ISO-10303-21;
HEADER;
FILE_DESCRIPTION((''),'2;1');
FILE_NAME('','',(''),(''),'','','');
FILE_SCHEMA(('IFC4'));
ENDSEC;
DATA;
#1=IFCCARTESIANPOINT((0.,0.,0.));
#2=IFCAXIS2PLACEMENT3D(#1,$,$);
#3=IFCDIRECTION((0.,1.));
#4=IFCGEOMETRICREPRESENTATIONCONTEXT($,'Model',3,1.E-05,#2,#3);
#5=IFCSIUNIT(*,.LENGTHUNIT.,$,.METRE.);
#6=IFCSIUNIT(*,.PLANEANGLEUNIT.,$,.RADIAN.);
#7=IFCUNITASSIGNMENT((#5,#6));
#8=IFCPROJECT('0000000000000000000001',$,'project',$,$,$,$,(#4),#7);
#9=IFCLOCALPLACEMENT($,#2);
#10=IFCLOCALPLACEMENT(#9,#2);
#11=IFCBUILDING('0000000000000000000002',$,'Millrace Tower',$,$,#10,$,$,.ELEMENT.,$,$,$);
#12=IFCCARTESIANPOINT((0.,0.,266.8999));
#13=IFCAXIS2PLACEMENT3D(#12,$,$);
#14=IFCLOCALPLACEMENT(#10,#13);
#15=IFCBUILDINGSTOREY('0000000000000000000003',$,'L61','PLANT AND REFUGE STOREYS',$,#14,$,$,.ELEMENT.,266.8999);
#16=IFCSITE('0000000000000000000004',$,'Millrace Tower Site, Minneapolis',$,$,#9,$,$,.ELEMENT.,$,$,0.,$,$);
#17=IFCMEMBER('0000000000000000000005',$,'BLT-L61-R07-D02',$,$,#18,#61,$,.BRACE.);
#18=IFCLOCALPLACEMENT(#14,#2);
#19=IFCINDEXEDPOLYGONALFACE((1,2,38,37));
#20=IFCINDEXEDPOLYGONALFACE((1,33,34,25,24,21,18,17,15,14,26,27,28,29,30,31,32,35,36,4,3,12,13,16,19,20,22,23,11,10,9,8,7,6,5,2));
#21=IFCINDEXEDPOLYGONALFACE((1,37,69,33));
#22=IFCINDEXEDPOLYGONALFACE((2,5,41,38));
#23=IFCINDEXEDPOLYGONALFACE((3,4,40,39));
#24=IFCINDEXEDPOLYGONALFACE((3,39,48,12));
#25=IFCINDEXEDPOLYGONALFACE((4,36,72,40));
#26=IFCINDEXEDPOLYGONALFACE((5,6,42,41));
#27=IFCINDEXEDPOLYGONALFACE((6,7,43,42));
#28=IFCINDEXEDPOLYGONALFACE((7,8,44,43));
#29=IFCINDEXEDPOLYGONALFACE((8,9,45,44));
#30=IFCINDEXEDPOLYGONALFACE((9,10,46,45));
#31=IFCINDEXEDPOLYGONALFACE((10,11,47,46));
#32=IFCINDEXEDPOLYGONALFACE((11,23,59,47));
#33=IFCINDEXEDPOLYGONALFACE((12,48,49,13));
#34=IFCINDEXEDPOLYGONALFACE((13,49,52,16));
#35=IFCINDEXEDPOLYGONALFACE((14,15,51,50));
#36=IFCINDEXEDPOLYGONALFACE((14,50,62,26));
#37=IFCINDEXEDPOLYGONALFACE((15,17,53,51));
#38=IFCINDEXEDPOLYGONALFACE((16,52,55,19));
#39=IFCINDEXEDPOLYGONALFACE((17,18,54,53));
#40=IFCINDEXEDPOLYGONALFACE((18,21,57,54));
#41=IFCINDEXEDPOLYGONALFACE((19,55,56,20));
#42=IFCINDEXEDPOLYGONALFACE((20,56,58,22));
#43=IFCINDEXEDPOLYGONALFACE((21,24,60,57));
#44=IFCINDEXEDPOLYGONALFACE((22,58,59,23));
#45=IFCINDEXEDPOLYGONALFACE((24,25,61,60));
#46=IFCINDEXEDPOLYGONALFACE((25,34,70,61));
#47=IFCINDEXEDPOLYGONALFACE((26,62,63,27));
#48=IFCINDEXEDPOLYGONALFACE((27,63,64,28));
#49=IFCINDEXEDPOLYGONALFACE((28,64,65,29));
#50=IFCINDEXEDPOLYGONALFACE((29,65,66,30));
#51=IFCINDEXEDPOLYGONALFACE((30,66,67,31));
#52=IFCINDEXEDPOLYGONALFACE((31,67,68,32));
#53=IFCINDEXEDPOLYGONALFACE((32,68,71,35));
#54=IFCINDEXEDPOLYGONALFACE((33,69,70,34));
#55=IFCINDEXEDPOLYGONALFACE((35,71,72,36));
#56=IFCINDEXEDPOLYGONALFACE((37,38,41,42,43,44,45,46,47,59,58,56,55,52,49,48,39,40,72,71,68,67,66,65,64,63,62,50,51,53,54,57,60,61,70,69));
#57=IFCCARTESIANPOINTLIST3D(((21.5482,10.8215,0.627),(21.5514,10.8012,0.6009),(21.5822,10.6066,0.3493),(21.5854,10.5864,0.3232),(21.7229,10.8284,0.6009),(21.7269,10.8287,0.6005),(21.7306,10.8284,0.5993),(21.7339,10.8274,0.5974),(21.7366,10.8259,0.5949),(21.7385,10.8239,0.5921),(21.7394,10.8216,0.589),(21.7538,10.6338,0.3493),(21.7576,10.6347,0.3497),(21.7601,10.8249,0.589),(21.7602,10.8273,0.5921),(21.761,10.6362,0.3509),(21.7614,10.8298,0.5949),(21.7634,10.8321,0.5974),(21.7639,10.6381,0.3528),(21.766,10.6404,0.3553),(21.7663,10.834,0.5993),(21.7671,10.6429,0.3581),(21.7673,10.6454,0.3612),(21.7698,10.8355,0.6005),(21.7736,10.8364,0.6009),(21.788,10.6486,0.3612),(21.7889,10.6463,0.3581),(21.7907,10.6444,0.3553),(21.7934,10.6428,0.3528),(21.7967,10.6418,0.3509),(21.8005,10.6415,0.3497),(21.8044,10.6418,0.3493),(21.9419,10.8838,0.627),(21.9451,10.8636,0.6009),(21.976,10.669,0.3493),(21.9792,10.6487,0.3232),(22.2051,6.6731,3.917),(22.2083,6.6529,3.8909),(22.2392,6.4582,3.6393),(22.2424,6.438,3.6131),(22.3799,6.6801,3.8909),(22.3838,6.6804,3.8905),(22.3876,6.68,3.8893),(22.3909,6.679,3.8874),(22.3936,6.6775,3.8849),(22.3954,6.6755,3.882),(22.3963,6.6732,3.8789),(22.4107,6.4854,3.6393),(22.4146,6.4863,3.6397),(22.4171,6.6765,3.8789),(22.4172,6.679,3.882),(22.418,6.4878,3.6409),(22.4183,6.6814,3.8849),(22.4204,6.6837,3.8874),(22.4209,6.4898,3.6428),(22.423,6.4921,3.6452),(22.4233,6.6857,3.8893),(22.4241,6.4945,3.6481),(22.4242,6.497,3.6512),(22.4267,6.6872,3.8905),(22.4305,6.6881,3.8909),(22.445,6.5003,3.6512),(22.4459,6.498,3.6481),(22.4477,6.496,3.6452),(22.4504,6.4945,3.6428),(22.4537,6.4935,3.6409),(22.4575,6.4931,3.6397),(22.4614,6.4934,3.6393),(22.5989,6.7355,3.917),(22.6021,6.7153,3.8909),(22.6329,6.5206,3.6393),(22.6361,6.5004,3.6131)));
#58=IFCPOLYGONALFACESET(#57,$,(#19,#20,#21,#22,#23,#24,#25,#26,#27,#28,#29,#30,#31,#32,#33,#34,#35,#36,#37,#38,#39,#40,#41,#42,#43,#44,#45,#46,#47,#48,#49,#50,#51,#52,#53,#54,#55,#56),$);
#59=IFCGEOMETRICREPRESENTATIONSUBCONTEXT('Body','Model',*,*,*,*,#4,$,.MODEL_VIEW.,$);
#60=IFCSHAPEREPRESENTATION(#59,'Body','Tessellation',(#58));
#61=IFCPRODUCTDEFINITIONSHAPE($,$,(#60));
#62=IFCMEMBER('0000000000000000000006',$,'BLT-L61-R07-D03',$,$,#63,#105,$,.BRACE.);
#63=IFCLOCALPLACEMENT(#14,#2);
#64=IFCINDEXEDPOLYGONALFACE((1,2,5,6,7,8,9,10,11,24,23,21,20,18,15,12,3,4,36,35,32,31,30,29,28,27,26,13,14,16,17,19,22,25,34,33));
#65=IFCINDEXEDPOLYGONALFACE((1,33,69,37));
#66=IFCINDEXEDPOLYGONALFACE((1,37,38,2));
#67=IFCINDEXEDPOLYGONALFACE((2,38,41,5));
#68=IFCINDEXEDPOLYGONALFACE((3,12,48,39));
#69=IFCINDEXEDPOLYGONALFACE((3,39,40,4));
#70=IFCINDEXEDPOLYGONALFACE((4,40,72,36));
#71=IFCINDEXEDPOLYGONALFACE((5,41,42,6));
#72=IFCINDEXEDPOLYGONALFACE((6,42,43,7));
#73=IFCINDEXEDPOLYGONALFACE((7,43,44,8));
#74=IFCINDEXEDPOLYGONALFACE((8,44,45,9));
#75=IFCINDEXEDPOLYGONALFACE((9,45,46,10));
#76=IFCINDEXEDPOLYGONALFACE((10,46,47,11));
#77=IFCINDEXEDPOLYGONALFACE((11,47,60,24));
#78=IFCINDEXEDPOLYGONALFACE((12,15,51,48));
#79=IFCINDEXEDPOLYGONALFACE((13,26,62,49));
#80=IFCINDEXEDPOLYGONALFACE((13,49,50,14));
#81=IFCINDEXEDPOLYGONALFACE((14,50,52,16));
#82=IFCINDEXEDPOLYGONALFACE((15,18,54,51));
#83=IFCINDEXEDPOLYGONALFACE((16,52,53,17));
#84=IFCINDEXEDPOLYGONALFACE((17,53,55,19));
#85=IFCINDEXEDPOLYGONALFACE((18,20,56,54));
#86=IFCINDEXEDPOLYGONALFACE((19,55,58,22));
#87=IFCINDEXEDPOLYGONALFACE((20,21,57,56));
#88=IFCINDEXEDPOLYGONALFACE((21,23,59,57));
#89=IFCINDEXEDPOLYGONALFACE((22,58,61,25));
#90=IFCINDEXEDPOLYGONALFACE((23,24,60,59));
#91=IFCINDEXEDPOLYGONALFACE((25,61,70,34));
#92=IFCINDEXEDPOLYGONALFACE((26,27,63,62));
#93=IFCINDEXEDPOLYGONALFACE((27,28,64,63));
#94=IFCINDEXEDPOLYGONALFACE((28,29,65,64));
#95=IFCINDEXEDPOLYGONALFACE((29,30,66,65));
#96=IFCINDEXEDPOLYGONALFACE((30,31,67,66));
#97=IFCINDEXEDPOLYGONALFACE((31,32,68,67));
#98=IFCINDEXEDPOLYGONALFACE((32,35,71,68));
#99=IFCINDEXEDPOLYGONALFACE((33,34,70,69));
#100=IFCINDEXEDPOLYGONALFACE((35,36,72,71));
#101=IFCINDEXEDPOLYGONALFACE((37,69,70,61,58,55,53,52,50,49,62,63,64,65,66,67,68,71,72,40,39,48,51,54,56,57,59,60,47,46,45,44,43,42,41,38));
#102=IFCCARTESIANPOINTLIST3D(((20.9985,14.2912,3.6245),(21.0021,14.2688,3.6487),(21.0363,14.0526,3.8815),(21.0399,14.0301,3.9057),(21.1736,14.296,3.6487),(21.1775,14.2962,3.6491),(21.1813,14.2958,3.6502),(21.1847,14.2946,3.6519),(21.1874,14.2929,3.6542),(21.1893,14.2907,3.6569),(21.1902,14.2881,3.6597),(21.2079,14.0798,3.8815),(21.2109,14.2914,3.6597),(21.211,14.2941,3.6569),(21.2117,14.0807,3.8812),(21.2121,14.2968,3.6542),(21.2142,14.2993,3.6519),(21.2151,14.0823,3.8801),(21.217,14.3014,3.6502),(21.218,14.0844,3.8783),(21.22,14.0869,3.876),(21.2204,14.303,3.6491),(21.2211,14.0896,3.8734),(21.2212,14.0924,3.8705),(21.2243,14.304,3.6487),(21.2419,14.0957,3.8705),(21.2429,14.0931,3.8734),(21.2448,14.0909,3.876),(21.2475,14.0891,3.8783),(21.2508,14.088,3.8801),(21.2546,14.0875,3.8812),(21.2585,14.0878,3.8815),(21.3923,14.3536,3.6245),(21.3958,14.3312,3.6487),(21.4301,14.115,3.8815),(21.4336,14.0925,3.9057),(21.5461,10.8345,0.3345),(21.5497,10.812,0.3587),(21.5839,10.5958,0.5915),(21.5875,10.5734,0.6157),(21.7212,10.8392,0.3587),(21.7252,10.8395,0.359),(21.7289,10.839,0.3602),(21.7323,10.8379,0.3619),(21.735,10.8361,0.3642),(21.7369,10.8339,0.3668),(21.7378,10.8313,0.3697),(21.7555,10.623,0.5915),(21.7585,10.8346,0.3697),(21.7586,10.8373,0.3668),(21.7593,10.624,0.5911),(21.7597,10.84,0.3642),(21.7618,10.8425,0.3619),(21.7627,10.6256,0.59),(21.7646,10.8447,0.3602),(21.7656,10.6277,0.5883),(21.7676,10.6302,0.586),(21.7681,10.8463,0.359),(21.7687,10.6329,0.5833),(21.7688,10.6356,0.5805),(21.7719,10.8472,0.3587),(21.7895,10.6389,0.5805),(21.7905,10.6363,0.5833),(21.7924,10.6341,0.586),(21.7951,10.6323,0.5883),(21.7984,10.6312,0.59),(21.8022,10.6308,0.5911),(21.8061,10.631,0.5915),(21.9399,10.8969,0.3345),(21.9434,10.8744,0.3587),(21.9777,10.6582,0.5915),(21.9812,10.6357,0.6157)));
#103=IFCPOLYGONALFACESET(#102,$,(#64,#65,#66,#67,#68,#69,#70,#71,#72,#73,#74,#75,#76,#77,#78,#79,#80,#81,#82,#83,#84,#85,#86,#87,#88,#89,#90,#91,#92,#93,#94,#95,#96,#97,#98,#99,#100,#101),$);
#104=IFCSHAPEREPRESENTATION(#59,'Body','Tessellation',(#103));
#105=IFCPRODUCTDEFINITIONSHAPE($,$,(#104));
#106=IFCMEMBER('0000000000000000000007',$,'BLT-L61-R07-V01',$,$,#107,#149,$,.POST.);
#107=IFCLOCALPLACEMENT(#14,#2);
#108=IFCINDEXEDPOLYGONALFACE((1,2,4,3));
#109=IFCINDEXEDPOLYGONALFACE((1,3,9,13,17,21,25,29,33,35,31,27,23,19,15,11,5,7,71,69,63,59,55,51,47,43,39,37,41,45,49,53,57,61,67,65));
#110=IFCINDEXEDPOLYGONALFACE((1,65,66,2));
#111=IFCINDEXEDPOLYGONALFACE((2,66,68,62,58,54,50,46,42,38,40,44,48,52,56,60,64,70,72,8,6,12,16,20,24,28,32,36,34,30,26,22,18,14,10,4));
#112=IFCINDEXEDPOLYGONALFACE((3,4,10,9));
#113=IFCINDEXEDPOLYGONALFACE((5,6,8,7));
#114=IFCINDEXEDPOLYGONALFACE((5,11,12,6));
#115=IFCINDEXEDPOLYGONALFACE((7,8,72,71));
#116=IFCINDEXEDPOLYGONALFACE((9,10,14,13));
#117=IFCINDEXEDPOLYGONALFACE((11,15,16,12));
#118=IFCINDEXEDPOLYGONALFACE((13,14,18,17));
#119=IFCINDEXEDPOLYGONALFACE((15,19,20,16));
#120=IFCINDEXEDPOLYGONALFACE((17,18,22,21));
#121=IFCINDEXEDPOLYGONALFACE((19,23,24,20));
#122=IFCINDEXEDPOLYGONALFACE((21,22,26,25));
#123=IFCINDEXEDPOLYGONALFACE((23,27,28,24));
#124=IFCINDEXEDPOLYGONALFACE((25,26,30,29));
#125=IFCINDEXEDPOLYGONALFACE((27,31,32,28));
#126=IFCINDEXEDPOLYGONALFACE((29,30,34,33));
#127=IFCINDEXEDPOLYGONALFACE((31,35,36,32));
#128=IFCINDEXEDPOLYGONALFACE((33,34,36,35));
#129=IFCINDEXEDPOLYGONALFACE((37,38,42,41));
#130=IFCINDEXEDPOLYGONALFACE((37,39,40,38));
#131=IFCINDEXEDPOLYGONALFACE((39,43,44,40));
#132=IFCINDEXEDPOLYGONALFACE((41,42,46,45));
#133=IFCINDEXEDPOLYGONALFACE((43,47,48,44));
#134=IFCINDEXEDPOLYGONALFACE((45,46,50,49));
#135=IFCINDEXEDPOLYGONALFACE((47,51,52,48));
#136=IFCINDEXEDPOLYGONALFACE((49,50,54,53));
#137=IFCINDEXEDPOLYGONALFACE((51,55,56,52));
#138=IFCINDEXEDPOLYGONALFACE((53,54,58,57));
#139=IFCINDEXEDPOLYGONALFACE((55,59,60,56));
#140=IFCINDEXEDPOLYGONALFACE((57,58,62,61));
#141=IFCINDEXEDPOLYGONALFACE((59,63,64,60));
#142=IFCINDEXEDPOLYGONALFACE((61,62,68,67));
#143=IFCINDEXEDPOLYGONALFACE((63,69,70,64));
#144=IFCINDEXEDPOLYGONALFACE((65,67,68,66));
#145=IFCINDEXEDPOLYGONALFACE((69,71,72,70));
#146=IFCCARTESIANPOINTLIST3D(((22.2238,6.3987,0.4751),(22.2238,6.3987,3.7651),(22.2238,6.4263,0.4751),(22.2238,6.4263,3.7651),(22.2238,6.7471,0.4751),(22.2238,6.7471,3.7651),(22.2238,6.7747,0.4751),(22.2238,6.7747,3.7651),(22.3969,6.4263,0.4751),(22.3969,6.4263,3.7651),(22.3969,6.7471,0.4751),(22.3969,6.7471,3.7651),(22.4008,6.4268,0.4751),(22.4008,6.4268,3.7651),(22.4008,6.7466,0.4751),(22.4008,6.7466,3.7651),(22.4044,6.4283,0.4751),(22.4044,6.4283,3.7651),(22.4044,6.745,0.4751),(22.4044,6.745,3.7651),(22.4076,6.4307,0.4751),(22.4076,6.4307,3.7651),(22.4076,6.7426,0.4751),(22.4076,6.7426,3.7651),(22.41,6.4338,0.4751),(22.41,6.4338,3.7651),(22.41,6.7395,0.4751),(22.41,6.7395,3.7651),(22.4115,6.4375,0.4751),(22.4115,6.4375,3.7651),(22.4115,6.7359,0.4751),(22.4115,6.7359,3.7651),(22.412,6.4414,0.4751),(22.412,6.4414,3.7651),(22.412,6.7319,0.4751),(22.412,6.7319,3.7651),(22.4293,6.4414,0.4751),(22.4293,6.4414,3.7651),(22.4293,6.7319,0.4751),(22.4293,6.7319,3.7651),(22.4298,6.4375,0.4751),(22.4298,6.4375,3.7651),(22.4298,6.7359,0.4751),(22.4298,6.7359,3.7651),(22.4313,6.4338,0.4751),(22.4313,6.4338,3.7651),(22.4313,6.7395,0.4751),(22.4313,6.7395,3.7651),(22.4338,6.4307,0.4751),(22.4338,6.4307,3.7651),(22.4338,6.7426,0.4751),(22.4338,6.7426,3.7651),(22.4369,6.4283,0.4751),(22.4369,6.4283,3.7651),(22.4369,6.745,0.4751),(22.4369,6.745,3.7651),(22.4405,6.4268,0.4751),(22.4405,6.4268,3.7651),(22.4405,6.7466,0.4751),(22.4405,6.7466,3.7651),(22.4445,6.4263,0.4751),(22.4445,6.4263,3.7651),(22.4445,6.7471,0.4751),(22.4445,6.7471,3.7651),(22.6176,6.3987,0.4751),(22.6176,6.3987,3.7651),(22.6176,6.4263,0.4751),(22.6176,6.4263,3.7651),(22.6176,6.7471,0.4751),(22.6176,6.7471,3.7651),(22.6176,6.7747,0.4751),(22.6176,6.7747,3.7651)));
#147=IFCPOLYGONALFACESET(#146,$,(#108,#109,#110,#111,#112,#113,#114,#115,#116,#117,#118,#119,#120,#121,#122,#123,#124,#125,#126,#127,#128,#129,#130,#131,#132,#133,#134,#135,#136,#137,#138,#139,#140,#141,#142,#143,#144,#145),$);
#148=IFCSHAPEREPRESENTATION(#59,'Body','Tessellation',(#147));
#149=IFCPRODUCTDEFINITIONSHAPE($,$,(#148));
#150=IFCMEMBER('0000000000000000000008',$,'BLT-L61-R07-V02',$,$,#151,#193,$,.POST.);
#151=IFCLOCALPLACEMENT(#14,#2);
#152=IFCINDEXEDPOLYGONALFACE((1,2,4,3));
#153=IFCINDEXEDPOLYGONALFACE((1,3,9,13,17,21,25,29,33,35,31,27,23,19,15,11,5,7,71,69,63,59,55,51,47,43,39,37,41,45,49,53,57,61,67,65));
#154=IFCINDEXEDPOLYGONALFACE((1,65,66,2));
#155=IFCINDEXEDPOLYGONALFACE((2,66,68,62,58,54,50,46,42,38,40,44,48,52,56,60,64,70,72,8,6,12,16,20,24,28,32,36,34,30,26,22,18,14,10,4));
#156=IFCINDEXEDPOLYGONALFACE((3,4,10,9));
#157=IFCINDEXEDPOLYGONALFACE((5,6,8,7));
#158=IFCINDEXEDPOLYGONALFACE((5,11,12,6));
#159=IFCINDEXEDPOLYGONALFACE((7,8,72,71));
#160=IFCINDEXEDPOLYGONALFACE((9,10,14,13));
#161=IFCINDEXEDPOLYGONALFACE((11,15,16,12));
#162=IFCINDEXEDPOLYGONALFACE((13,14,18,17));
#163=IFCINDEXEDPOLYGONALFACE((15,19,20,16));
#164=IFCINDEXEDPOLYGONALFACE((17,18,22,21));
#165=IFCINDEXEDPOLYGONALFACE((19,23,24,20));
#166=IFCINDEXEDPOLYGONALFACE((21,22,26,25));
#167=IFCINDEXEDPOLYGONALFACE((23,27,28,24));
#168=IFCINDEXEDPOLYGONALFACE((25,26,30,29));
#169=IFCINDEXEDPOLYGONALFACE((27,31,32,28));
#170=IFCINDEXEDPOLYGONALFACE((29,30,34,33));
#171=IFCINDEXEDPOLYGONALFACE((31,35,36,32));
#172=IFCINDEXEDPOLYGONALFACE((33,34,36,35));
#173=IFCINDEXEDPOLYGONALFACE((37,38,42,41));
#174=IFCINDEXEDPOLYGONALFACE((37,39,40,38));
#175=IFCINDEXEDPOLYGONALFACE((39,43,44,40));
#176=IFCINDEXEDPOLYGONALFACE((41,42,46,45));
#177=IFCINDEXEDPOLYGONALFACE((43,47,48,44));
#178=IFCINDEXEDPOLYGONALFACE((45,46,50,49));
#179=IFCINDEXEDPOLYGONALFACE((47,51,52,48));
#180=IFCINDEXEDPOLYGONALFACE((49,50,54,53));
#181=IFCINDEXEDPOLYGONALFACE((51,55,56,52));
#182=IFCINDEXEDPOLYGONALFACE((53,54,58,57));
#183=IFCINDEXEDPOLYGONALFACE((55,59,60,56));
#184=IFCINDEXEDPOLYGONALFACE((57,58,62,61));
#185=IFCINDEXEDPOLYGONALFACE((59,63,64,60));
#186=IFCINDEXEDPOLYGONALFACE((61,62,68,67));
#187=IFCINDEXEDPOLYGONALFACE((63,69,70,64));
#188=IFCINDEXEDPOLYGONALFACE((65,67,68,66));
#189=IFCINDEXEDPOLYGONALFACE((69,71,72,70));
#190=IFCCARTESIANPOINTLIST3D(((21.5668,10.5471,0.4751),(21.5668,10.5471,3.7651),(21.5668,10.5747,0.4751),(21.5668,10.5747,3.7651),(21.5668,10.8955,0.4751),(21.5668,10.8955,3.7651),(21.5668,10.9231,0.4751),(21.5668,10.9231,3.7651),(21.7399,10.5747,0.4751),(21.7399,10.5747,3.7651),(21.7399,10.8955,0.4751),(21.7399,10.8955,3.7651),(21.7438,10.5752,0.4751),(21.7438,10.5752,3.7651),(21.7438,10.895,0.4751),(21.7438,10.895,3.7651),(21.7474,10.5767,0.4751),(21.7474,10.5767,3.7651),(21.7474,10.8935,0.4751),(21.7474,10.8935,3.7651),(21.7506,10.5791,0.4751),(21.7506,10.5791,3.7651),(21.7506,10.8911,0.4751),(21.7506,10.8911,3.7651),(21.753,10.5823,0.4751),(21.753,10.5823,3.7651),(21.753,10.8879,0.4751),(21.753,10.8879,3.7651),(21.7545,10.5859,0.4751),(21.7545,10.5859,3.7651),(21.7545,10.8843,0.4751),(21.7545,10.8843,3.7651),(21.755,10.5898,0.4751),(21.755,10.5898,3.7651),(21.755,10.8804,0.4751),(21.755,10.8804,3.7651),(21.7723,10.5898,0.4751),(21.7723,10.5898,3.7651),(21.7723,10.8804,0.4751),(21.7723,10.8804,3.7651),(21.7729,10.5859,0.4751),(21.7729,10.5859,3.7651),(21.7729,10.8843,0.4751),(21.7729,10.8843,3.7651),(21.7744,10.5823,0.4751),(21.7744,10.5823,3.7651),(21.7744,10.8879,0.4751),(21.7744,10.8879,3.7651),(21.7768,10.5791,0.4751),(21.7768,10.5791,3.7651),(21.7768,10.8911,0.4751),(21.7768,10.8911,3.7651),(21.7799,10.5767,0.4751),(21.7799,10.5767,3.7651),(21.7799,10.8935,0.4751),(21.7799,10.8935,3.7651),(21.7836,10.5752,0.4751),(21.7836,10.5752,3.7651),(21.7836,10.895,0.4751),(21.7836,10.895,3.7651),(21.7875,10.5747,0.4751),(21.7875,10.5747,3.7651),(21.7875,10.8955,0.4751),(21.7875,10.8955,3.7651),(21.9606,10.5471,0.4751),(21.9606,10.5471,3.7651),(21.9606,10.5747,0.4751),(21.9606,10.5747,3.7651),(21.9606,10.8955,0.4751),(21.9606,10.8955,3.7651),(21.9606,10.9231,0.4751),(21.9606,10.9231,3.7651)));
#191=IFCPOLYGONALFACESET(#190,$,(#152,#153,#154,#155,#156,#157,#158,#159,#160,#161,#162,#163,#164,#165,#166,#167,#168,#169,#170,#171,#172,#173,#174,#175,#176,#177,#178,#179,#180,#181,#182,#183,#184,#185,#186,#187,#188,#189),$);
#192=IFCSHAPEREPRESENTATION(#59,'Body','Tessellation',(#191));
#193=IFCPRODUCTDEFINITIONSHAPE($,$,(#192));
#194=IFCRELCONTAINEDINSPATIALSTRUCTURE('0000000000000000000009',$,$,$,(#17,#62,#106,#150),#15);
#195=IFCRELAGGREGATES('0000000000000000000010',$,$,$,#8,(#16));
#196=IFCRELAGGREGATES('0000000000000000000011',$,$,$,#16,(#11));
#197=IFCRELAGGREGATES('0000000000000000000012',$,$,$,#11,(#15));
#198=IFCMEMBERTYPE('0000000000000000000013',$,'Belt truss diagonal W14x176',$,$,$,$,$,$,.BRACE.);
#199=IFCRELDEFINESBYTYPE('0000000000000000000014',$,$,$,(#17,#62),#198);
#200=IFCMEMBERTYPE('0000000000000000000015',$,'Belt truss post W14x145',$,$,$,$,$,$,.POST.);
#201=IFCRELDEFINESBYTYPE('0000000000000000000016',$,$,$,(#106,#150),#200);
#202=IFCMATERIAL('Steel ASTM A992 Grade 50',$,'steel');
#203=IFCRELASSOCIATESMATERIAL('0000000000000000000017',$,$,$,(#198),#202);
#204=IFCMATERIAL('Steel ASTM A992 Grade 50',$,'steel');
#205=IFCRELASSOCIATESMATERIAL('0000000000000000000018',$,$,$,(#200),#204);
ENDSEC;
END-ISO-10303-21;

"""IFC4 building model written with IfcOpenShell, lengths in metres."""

from ifc_helpers import new_model, si_unit, direction, frame, origin, origin_2d, place, context, subcontext, project, spatial, i_section, extrude, material, material_profile, profile_set, type_object, element, save


model = new_model("IFC4")

# Units and contexts
model_context = context("Model", 3, precision=1e-05, world=origin(), true_north=direction((0.0, 1.0)))
body_context = subcontext(model_context, "Body", "Model", "MODEL_VIEW")
ifc_project = project(units=[si_unit("LENGTHUNIT", "METRE"), si_unit("PLANEANGLEUNIT", "RADIAN")], contexts=[model_context])

# Site, building, storey
site_placement = place(None, origin())
site = spatial("IfcSite", under=ifc_project, at=site_placement, Name="Millrace Tower Site, Minneapolis", CompositionType="ELEMENT", RefElevation=0.0)
building_placement = place(site_placement, origin())
building = spatial("IfcBuilding", under=site, at=building_placement, Name="Millrace Tower", CompositionType="ELEMENT")
storey_placement = place(building_placement, frame((0.0, 0.0, 266.8999)))
storey = spatial("IfcBuildingStorey", under=building, at=storey_placement, Name="L61", Description="PLANT AND REFUGE STOREYS", CompositionType="ELEMENT", Elevation=266.8999)

# Members
ifc_material_1 = material(Name="Steel ASTM A992 Grade 50", Category="steel")
ifc_material_profile_1 = material_profile(ifc_material_1, i_section(OverallWidth=0.3987, OverallDepth=0.386, WebThickness=0.021, FlangeThickness=0.0332, FilletRadius=0.0151, at=origin_2d()))
ifc_profile_set_1 = profile_set([ifc_material_profile_1], Name="Steel ASTM A992 Grade 50")
member_type_1 = type_object("IfcMemberType", Name="Belt truss diagonal W14x176", PredefinedType="BRACE", material=ifc_profile_set_1)
member_1_placement = place(storey_placement, frame((21.7637, 10.7351, 0.4751), z_axis=(0.123139, -0.777544, 0.616654), x_axis=(0.987691, 0.156419, 0.0)))
element("IfcMember", 1, at=member_1_placement, inside=storey, type_object=member_type_1, Name="BLT-L61-R07-D02", PredefinedType="BRACE", context=body_context, shape_type="SweptSolid", body=[
    extrude(i_section(OverallWidth=0.3987, OverallDepth=0.386, WebThickness=0.021, FlangeThickness=0.0332, FilletRadius=0.0151, at=origin_2d()), origin(), (0.0, 0.0, 1.0), 5.3352),
])
member_2_placement = place(storey_placement, frame((21.7637, 10.7351, 0.4751), z_axis=(-0.114002, 0.719639, 0.684925), x_axis=(-0.987684, -0.156464, 0.0)))
element("IfcMember", 2, at=member_2_placement, inside=storey, type_object=member_type_1, Name="BLT-L61-R07-D03", PredefinedType="BRACE", context=body_context, shape_type="SweptSolid", body=[
    extrude(i_section(OverallWidth=0.3987, OverallDepth=0.386, WebThickness=0.021, FlangeThickness=0.0332, FilletRadius=0.0151, at=origin_2d()), origin(), (0.0, 0.0, 1.0), 4.8035),
])
ifc_material_2 = material(Name="Steel ASTM A992 Grade 50", Category="steel")
ifc_material_profile_2 = material_profile(ifc_material_2, i_section(OverallWidth=0.3938, OverallDepth=0.376, WebThickness=0.0173, FlangeThickness=0.0276, FilletRadius=0.0151, at=origin_2d()))
ifc_profile_set_2 = profile_set([ifc_material_profile_2], Name="Steel ASTM A992 Grade 50")
member_type_2 = type_object("IfcMemberType", Name="Belt truss post W14x145", PredefinedType="POST", material=ifc_profile_set_2)
for number, where, z_axis, x_axis, name in (
    (3, (22.4207, 6.5867, 0.4751), (0.0, 0.0, 1.0), (1.0, 0.0, 0.0), "BLT-L61-R07-V01"),
    (4, (21.7637, 10.7351, 0.4751), (0.0, 0.0, 1.0), (1.0, 0.0, 0.0), "BLT-L61-R07-V02"),
):
    element("IfcMember", number, at=place(storey_placement, frame(where, z_axis=z_axis, x_axis=x_axis)), inside=storey, type_object=member_type_2, Name=name, PredefinedType="POST", context=body_context, shape_type="SweptSolid", body=[
        extrude(i_section(OverallWidth=0.3938, OverallDepth=0.376, WebThickness=0.0173, FlangeThickness=0.0276, FilletRadius=0.0151, at=origin_2d()), origin(), (0.0, 0.0, 1.0), 3.29),
    ])

save(model, "model.ifc")
